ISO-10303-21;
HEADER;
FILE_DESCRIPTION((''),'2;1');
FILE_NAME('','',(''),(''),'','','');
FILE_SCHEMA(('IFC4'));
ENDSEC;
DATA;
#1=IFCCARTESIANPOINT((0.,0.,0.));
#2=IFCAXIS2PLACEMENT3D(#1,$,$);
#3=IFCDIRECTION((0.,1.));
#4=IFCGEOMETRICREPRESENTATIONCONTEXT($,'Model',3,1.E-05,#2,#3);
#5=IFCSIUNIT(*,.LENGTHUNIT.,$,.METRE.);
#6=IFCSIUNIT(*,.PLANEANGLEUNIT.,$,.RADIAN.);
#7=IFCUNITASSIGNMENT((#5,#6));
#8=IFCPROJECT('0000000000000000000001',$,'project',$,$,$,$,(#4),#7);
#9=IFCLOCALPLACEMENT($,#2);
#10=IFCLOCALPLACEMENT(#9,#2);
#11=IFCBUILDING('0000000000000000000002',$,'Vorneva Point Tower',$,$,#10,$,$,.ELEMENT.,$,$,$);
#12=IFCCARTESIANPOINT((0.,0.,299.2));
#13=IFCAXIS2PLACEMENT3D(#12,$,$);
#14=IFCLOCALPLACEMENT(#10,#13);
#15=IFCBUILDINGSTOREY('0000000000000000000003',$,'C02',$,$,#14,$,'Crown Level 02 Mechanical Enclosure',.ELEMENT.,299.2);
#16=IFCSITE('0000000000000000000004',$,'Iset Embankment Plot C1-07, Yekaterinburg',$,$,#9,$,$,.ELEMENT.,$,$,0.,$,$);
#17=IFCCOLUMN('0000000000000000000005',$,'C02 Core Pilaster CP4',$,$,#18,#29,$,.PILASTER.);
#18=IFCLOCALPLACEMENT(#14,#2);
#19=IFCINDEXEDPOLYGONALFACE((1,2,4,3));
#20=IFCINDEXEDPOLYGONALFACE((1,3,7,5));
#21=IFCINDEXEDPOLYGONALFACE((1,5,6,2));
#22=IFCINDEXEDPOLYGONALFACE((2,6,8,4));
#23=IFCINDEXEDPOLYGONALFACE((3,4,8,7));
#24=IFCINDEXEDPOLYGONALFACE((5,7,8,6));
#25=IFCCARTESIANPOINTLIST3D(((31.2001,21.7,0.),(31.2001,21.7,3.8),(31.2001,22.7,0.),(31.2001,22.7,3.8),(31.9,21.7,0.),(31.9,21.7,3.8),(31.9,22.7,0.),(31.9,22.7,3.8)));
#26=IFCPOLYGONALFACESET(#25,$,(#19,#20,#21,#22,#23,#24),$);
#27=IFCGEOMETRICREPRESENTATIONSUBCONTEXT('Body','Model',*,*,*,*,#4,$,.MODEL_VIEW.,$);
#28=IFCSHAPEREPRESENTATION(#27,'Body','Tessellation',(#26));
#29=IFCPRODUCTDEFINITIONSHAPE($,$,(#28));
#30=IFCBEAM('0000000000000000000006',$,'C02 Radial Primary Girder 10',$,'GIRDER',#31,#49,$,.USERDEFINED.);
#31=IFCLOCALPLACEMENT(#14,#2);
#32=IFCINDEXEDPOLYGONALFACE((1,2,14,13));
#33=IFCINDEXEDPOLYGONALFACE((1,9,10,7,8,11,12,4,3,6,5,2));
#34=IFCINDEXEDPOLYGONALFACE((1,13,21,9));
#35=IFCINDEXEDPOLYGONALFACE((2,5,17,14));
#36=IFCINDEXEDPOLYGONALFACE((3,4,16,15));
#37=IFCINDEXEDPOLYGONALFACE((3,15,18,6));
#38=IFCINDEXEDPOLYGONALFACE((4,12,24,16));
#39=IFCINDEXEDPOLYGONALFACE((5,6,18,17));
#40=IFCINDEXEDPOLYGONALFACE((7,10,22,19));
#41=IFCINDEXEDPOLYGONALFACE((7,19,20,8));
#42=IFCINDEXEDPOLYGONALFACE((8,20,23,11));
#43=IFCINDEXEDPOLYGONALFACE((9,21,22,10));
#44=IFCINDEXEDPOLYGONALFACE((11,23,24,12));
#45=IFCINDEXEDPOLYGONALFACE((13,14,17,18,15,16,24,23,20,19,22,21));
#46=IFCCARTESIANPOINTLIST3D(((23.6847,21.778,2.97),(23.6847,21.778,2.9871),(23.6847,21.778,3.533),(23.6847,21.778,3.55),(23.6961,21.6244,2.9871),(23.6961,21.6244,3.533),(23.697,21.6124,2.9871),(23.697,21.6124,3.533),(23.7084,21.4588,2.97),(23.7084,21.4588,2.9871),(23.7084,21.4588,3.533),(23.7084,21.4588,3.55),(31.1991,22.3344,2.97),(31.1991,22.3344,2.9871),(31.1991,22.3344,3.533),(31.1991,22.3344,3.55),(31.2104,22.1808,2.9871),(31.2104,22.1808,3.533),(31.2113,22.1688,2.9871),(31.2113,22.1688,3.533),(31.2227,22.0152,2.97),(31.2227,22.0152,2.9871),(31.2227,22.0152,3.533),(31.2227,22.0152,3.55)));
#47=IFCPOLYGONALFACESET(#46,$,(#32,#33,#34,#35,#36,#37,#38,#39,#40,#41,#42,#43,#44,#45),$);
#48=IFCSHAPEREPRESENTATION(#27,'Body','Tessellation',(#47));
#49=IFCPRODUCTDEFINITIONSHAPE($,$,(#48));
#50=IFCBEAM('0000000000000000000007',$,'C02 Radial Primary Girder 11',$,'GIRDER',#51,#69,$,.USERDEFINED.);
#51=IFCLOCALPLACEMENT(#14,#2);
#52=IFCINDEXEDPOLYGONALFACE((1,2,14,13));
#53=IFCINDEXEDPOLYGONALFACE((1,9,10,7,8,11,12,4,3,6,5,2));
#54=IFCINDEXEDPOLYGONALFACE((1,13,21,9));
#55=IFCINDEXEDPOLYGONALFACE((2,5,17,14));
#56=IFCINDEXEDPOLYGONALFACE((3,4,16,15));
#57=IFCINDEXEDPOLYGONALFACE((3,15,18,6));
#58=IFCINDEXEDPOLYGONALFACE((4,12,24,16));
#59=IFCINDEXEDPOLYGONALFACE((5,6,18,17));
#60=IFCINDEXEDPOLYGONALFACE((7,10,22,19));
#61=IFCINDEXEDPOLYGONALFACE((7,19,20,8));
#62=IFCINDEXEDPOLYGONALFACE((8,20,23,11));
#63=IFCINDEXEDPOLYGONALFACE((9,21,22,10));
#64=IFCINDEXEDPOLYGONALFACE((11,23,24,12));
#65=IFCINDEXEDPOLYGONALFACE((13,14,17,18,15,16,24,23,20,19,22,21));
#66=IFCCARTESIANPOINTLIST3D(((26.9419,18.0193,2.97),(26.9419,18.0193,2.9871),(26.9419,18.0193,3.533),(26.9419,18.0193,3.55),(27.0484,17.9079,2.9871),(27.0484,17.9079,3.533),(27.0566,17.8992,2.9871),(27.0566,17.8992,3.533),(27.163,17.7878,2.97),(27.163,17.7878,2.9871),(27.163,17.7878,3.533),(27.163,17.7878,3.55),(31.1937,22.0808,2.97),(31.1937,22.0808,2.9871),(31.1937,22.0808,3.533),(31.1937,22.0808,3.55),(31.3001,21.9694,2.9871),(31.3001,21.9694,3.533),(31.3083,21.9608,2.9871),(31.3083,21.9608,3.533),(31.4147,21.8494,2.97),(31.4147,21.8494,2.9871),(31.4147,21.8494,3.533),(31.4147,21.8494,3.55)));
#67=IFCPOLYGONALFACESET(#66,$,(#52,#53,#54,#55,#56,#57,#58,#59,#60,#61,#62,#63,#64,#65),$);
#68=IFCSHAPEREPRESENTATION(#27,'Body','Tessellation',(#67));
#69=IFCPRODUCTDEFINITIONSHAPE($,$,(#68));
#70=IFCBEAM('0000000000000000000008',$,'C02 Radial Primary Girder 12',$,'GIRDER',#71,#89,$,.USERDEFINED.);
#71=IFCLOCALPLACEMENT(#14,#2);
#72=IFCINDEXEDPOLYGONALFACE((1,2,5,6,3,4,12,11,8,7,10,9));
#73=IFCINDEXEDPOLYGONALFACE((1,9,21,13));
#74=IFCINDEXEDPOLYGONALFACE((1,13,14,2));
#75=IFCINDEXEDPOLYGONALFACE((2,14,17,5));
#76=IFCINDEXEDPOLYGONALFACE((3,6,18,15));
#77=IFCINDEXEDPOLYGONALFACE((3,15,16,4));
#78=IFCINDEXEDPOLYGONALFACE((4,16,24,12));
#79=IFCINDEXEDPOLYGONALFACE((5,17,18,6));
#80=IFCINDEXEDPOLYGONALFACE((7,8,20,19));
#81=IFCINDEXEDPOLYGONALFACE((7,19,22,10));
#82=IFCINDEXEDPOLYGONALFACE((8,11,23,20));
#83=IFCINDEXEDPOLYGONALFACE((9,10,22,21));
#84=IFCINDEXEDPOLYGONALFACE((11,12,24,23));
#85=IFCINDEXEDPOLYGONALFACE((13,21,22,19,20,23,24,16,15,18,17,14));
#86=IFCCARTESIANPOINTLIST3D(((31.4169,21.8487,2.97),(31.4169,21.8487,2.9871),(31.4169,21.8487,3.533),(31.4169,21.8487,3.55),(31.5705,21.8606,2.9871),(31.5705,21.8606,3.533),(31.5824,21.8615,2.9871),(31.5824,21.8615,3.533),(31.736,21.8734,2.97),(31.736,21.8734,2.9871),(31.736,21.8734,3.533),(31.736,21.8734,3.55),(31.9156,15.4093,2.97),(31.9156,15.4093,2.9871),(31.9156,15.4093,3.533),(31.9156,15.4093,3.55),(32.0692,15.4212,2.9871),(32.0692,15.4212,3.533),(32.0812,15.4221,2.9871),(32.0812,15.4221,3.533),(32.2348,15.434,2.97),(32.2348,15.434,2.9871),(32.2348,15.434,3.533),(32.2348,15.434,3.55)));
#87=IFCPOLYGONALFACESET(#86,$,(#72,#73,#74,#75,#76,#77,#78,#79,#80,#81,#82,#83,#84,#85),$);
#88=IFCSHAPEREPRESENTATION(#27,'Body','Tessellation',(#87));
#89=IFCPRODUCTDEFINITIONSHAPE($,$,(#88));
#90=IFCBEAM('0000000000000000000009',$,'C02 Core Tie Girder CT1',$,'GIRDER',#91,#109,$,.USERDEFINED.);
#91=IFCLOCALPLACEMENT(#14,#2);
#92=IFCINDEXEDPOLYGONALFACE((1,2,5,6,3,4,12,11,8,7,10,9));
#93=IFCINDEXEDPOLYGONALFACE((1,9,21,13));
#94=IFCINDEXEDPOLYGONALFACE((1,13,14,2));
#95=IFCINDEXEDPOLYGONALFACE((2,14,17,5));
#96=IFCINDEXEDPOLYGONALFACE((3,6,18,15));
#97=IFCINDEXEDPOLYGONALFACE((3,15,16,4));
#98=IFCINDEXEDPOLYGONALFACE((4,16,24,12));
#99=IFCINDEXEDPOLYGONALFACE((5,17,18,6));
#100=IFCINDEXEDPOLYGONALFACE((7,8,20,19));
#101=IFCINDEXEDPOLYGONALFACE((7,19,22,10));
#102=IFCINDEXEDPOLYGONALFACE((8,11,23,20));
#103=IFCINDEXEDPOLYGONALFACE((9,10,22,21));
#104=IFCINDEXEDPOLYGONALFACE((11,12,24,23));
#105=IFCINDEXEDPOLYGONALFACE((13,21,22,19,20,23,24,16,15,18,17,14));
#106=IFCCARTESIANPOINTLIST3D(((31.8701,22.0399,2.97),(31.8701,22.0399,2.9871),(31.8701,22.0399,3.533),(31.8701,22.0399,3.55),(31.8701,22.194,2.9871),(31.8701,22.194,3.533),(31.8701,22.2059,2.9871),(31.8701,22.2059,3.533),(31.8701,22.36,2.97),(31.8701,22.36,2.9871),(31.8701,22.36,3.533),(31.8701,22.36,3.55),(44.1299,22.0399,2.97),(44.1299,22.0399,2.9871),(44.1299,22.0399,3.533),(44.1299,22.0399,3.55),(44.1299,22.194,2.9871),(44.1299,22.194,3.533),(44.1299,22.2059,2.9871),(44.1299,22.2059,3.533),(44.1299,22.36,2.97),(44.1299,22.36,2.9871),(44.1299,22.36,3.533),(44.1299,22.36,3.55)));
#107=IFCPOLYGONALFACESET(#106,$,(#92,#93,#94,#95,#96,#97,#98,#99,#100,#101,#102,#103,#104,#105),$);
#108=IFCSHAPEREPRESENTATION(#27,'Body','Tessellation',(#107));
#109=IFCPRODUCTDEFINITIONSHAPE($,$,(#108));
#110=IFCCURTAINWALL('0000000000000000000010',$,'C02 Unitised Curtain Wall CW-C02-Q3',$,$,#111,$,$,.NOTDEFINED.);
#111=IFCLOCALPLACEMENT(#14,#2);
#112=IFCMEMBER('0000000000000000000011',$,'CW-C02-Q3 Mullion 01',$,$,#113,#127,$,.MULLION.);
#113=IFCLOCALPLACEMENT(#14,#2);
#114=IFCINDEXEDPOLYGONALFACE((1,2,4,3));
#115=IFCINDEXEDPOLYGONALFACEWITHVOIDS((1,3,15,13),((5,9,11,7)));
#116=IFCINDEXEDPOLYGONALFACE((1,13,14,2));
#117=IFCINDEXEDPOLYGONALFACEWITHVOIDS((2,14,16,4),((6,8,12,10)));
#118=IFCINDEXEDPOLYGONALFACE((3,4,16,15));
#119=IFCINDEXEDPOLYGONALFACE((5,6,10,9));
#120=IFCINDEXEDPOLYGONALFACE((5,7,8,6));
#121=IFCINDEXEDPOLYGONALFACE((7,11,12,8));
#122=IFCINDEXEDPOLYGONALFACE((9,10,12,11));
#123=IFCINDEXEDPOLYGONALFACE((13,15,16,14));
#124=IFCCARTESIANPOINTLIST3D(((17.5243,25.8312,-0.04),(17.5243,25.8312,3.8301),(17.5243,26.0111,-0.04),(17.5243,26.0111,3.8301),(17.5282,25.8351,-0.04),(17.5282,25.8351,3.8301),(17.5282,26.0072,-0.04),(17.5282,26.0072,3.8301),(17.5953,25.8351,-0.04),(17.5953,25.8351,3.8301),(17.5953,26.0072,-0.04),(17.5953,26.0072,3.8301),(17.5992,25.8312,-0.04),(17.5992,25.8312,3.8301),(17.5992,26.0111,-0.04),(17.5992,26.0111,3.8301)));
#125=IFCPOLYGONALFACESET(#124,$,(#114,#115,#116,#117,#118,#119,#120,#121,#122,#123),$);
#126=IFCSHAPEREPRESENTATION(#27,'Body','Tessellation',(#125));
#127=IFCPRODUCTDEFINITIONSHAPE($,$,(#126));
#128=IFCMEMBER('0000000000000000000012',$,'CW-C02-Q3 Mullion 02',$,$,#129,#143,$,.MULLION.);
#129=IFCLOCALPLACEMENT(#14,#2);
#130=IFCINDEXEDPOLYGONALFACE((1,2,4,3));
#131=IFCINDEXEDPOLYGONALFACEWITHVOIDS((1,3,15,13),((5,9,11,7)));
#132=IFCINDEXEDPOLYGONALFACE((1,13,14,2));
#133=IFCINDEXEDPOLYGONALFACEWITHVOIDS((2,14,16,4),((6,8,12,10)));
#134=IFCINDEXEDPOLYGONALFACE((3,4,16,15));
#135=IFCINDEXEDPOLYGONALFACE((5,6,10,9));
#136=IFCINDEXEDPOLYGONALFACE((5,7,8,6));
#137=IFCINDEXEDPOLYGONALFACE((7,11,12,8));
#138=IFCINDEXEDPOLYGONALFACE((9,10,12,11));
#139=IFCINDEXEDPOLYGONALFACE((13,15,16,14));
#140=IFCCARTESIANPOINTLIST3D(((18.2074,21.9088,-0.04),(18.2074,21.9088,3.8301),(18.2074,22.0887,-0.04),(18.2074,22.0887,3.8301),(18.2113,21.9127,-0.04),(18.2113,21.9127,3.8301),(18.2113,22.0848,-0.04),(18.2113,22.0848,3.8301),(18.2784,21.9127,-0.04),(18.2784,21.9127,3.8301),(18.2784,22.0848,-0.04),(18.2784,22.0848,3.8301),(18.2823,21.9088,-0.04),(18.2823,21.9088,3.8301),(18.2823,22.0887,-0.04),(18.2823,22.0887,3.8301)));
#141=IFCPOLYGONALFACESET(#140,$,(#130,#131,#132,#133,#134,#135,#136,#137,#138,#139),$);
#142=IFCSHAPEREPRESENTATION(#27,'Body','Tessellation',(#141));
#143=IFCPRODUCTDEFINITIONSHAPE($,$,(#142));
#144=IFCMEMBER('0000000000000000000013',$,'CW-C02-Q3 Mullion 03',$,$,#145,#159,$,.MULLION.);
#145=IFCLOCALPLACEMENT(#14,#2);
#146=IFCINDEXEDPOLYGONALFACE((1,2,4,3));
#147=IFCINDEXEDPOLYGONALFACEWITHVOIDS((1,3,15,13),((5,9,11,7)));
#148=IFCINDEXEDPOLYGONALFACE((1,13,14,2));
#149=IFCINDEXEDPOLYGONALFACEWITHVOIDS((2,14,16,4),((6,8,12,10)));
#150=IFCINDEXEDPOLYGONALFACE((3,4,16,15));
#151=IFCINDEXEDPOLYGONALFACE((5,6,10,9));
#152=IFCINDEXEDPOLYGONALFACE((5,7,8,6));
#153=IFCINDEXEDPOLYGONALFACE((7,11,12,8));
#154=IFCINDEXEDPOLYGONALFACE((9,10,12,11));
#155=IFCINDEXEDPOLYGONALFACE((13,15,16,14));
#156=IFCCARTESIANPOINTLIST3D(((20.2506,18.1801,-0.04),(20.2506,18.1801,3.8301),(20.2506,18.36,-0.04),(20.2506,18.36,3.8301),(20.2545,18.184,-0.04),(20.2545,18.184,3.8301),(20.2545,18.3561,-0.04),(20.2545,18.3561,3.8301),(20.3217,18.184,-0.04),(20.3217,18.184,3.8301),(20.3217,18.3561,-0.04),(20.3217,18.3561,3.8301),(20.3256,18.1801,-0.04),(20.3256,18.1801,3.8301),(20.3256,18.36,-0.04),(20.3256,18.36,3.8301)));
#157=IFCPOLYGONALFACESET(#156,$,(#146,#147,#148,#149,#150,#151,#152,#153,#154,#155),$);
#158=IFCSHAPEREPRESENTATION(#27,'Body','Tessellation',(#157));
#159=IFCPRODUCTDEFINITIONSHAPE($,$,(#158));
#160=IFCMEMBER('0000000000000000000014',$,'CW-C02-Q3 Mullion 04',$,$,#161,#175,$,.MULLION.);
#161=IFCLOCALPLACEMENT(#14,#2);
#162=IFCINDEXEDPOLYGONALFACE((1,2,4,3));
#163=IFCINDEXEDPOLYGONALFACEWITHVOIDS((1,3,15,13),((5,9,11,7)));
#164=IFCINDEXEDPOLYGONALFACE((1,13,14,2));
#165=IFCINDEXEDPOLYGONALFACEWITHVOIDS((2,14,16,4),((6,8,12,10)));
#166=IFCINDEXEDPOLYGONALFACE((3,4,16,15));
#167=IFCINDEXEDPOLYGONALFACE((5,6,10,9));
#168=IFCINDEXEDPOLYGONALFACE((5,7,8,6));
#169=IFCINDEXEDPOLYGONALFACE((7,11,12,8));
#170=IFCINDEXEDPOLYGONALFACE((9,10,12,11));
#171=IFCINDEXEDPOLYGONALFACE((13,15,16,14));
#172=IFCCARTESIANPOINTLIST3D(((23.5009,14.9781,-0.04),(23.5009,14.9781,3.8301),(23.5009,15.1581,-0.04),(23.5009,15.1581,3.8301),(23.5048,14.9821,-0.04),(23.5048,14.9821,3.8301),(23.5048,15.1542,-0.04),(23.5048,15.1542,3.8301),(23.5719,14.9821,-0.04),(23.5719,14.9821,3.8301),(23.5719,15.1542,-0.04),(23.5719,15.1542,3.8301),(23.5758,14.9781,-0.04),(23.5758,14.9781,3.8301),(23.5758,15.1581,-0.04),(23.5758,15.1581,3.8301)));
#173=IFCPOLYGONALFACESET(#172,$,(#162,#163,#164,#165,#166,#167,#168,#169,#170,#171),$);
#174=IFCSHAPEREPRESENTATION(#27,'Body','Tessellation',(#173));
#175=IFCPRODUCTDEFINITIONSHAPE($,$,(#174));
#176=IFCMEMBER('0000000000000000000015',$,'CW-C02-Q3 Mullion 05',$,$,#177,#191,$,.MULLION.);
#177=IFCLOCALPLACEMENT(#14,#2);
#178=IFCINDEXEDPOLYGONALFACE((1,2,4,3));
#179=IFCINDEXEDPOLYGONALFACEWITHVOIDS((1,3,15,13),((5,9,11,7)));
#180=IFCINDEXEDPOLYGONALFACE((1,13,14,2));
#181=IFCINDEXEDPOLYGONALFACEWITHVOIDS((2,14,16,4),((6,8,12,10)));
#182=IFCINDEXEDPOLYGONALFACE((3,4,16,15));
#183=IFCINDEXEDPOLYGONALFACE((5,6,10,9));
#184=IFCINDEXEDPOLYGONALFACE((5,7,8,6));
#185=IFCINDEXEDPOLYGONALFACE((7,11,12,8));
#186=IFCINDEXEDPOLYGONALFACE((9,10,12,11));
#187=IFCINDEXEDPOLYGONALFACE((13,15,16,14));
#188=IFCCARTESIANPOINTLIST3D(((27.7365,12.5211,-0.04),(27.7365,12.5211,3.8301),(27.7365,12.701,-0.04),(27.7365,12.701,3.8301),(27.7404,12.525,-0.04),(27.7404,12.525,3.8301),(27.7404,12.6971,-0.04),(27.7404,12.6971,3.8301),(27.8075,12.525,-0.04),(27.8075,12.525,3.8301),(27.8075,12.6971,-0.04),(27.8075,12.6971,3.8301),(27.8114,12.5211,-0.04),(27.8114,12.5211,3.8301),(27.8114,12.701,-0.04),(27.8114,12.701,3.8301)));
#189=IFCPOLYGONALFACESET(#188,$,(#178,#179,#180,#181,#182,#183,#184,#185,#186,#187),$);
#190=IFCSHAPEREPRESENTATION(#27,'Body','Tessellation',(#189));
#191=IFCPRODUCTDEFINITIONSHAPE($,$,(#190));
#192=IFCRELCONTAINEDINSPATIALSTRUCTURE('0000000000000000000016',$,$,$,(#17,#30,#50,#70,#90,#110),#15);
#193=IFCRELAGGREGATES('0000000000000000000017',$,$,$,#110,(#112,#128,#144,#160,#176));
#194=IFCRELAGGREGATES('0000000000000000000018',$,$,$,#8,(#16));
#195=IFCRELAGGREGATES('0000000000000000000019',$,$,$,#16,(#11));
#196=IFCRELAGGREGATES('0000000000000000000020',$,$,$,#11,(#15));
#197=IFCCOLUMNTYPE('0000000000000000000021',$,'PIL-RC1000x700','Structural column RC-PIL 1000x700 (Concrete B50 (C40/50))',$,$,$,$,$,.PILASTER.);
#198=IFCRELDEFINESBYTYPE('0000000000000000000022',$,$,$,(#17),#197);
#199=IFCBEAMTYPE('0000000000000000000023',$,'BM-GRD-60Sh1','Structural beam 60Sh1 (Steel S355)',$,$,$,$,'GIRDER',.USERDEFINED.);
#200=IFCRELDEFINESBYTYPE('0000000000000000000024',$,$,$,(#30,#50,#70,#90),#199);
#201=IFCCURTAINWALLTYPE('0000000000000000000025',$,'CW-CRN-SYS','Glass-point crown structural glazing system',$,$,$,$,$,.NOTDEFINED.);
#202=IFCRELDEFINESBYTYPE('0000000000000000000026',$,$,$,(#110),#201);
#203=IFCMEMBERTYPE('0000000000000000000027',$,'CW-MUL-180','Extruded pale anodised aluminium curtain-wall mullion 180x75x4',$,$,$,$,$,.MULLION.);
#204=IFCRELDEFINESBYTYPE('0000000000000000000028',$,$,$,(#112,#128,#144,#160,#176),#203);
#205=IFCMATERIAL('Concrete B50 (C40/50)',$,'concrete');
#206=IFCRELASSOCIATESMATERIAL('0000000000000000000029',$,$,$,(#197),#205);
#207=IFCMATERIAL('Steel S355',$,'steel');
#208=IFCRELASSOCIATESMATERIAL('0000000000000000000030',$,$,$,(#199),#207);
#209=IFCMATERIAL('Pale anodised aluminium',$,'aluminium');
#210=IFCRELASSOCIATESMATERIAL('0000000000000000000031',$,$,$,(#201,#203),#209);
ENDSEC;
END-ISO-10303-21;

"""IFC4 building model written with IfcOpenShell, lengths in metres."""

from ifc_helpers import new_model, si_unit, direction, frame, origin, origin_2d, place, context, subcontext, project, spatial, rectangle, hollow_rectangle, i_section, extrude, material, material_profile, profile_set, type_object, element, aggregate, save


model = new_model("IFC4")

# Units and contexts
model_context = context("Model", 3, precision=1e-05, world=origin(), true_north=direction((0.0, 1.0)))
body_context = subcontext(model_context, "Body", "Model", "MODEL_VIEW")
ifc_project = project(units=[si_unit("LENGTHUNIT", "METRE"), si_unit("PLANEANGLEUNIT", "RADIAN")], contexts=[model_context])

# Site, building, storey
site_placement = place(None, origin())
site = spatial("IfcSite", under=ifc_project, at=site_placement, Name="Iset Embankment Plot C1-07, Yekaterinburg", CompositionType="ELEMENT", RefElevation=0.0)
building_placement = place(site_placement, origin())
building = spatial("IfcBuilding", under=site, at=building_placement, Name="Vorneva Point Tower", CompositionType="ELEMENT")
storey_placement = place(building_placement, frame((0.0, 0.0, 299.2)))
storey = spatial("IfcBuildingStorey", under=building, at=storey_placement, Name="C02", LongName="Crown Level 02 Mechanical Enclosure", CompositionType="ELEMENT", Elevation=299.2)

# Column
ifc_material_1 = material(Name="Concrete B50 (C40/50)", Category="concrete")
ifc_material_profile_1 = material_profile(ifc_material_1, rectangle(XDim=0.7, YDim=1.0, at=origin_2d()), Name="RC-PIL 1000x700")
ifc_profile_set_1 = profile_set([ifc_material_profile_1], Name="Concrete B50 (C40/50)")
column_type = type_object("IfcColumnType", Name="PIL-RC1000x700", Description="Structural column RC-PIL 1000x700 (Concrete B50 (C40/50))", PredefinedType="PILASTER", material=ifc_profile_set_1)
column_placement = place(storey_placement, frame((31.55, 22.2, 0.0), z_axis=(0.0, 0.0, 1.0), x_axis=(1.0, 0.0, 0.0)))
element("IfcColumn", 1, at=column_placement, inside=storey, type_object=column_type, Name="C02 Core Pilaster CP4", PredefinedType="PILASTER", context=body_context, shape_type="SweptSolid", body=[
    extrude(rectangle(XDim=0.7, YDim=1.0, at=origin_2d()), origin(), (0.0, 0.0, 1.0), 3.8),
])

# Beams
ifc_material_2 = material(Name="Steel S355", Category="steel")
ifc_material_profile_2 = material_profile(ifc_material_2, i_section(OverallWidth=0.3201, OverallDepth=0.5801, WebThickness=0.012, FlangeThickness=0.0171, at=origin_2d()), Name="60Sh1")
ifc_profile_set_2 = profile_set([ifc_material_profile_2], Name="Steel S355")
beam_type = type_object("IfcBeamType", Name="BM-GRD-60Sh1", Description="Structural beam 60Sh1 (Steel S355)", ElementType="GIRDER", PredefinedType="USERDEFINED", material=ifc_profile_set_2)
beam_1_placement = place(storey_placement, frame((23.6965, 21.6184, 3.26), z_axis=(0.99727, 0.073842, 0.0), x_axis=(-0.073842, 0.99727, 0.0)))
element("IfcBeam", 2, at=beam_1_placement, inside=storey, type_object=beam_type, Name="C02 Radial Primary Girder 10", ObjectType="GIRDER", PredefinedType="USERDEFINED", context=body_context, shape_type="SweptSolid", body=[
    extrude(i_section(OverallWidth=0.3201, OverallDepth=0.5801, WebThickness=0.012, FlangeThickness=0.0171, at=origin_2d()), origin(), (0.0, 0.0, 1.0), 7.5349),
])
beam_2_placement = place(storey_placement, frame((27.0525, 17.9036, 3.26), z_axis=(0.723094, 0.690749, 0.0), x_axis=(-0.690749, 0.723094, 0.0)))
element("IfcBeam", 3, at=beam_2_placement, inside=storey, type_object=beam_type, Name="C02 Radial Primary Girder 11", ObjectType="GIRDER", PredefinedType="USERDEFINED", context=body_context, shape_type="SweptSolid", body=[
    extrude(i_section(OverallWidth=0.3201, OverallDepth=0.5801, WebThickness=0.012, FlangeThickness=0.0171, at=origin_2d()), origin(), (0.0, 0.0, 1.0), 5.8799),
])
beam_3_placement = place(storey_placement, frame((32.0752, 15.4216, 3.26), z_axis=(-0.077225, 0.997014, 0.0), x_axis=(-0.997014, -0.077225, 0.0)))
element("IfcBeam", 4, at=beam_3_placement, inside=storey, type_object=beam_type, Name="C02 Radial Primary Girder 12", ObjectType="GIRDER", PredefinedType="USERDEFINED", context=body_context, shape_type="SweptSolid", body=[
    extrude(i_section(OverallWidth=0.3201, OverallDepth=0.5801, WebThickness=0.012, FlangeThickness=0.0171, at=origin_2d()), origin(), (0.0, 0.0, 1.0), 6.4587),
])
beam_4_placement = place(storey_placement, frame((31.8701, 22.2, 3.26), z_axis=(1.0, 0.0, 0.0), x_axis=(0.0, 1.0, 0.0)))
element("IfcBeam", 5, at=beam_4_placement, inside=storey, type_object=beam_type, Name="C02 Core Tie Girder CT1", ObjectType="GIRDER", PredefinedType="USERDEFINED", context=body_context, shape_type="SweptSolid", body=[
    extrude(i_section(OverallWidth=0.3201, OverallDepth=0.5801, WebThickness=0.012, FlangeThickness=0.0171, at=origin_2d()), origin(), (0.0, 0.0, 1.0), 12.2598),
])

# Curtain wall, members
ifc_material_3 = material(Name="Pale anodised aluminium", Category="aluminium")
curtain_wall_type = type_object("IfcCurtainWallType", Name="CW-CRN-SYS", Description="Glass-point crown structural glazing system", PredefinedType="NOTDEFINED", material=ifc_material_3)
curtain_wall_placement = place(storey_placement, origin())
curtain_wall = element("IfcCurtainWall", 6, at=curtain_wall_placement, inside=storey, type_object=curtain_wall_type, Name="C02 Unitised Curtain Wall CW-C02-Q3", PredefinedType="NOTDEFINED")
ifc_material_profile_3 = material_profile(ifc_material_3, hollow_rectangle(XDim=0.075, YDim=0.1799, WallThickness=0.0039, at=origin_2d()), Name="AL-MUL 180x75x4")
ifc_profile_set_3 = profile_set([ifc_material_profile_3], Name="Pale anodised aluminium")
member_type_1 = type_object("IfcMemberType", Name="CW-MUL-180", Description="Extruded pale anodised aluminium curtain-wall mullion 180x75x4", PredefinedType="MULLION", material=ifc_profile_set_3)
member_1_placement = place(storey_placement, frame((17.5618, 25.9211, -0.04), z_axis=(0.0, 0.0, 1.0), x_axis=(1.0, 0.0, 0.0)))
member_1 = element("IfcMember", 7, at=member_1_placement, type_object=member_type_1, Name="CW-C02-Q3 Mullion 01", PredefinedType="MULLION", context=body_context, shape_type="SweptSolid", body=[
    extrude(hollow_rectangle(XDim=0.075, YDim=0.1799, WallThickness=0.0039, at=origin_2d()), origin(), (0.0, 0.0, 1.0), 3.8701),
])
member_2_placement = place(storey_placement, frame((18.2449, 21.9988, -0.04), z_axis=(0.0, 0.0, 1.0), x_axis=(1.0, 0.0, 0.0)))
member_2 = element("IfcMember", 8, at=member_2_placement, type_object=member_type_1, Name="CW-C02-Q3 Mullion 02", PredefinedType="MULLION", context=body_context, shape_type="SweptSolid", body=[
    extrude(hollow_rectangle(XDim=0.075, YDim=0.1799, WallThickness=0.0039, at=origin_2d()), origin(), (0.0, 0.0, 1.0), 3.8701),
])
member_3_placement = place(storey_placement, frame((20.2881, 18.27, -0.04), z_axis=(0.0, 0.0, 1.0), x_axis=(1.0, 0.0, 0.0)))
member_3 = element("IfcMember", 9, at=member_3_placement, type_object=member_type_1, Name="CW-C02-Q3 Mullion 03", PredefinedType="MULLION", context=body_context, shape_type="SweptSolid", body=[
    extrude(hollow_rectangle(XDim=0.075, YDim=0.1799, WallThickness=0.0039, at=origin_2d()), origin(), (0.0, 0.0, 1.0), 3.8701),
])
member_4_placement = place(storey_placement, frame((23.5383, 15.0681, -0.04), z_axis=(0.0, 0.0, 1.0), x_axis=(1.0, 0.0, 0.0)))
member_4 = element("IfcMember", 10, at=member_4_placement, type_object=member_type_1, Name="CW-C02-Q3 Mullion 04", PredefinedType="MULLION", context=body_context, shape_type="SweptSolid", body=[
    extrude(hollow_rectangle(XDim=0.075, YDim=0.1799, WallThickness=0.0039, at=origin_2d()), origin(), (0.0, 0.0, 1.0), 3.8701),
])
member_5_placement = place(storey_placement, frame((27.7739, 12.6111, -0.04), z_axis=(0.0, 0.0, 1.0), x_axis=(1.0, 0.0, 0.0)))
member_5 = element("IfcMember", 11, at=member_5_placement, type_object=member_type_1, Name="CW-C02-Q3 Mullion 05", PredefinedType="MULLION", context=body_context, shape_type="SweptSolid", body=[
    extrude(hollow_rectangle(XDim=0.075, YDim=0.1799, WallThickness=0.0039, at=origin_2d()), origin(), (0.0, 0.0, 1.0), 3.8701),
])

aggregate(curtain_wall, [member_1, member_2, member_3, member_4, member_5])

save(model, "model.ifc")
